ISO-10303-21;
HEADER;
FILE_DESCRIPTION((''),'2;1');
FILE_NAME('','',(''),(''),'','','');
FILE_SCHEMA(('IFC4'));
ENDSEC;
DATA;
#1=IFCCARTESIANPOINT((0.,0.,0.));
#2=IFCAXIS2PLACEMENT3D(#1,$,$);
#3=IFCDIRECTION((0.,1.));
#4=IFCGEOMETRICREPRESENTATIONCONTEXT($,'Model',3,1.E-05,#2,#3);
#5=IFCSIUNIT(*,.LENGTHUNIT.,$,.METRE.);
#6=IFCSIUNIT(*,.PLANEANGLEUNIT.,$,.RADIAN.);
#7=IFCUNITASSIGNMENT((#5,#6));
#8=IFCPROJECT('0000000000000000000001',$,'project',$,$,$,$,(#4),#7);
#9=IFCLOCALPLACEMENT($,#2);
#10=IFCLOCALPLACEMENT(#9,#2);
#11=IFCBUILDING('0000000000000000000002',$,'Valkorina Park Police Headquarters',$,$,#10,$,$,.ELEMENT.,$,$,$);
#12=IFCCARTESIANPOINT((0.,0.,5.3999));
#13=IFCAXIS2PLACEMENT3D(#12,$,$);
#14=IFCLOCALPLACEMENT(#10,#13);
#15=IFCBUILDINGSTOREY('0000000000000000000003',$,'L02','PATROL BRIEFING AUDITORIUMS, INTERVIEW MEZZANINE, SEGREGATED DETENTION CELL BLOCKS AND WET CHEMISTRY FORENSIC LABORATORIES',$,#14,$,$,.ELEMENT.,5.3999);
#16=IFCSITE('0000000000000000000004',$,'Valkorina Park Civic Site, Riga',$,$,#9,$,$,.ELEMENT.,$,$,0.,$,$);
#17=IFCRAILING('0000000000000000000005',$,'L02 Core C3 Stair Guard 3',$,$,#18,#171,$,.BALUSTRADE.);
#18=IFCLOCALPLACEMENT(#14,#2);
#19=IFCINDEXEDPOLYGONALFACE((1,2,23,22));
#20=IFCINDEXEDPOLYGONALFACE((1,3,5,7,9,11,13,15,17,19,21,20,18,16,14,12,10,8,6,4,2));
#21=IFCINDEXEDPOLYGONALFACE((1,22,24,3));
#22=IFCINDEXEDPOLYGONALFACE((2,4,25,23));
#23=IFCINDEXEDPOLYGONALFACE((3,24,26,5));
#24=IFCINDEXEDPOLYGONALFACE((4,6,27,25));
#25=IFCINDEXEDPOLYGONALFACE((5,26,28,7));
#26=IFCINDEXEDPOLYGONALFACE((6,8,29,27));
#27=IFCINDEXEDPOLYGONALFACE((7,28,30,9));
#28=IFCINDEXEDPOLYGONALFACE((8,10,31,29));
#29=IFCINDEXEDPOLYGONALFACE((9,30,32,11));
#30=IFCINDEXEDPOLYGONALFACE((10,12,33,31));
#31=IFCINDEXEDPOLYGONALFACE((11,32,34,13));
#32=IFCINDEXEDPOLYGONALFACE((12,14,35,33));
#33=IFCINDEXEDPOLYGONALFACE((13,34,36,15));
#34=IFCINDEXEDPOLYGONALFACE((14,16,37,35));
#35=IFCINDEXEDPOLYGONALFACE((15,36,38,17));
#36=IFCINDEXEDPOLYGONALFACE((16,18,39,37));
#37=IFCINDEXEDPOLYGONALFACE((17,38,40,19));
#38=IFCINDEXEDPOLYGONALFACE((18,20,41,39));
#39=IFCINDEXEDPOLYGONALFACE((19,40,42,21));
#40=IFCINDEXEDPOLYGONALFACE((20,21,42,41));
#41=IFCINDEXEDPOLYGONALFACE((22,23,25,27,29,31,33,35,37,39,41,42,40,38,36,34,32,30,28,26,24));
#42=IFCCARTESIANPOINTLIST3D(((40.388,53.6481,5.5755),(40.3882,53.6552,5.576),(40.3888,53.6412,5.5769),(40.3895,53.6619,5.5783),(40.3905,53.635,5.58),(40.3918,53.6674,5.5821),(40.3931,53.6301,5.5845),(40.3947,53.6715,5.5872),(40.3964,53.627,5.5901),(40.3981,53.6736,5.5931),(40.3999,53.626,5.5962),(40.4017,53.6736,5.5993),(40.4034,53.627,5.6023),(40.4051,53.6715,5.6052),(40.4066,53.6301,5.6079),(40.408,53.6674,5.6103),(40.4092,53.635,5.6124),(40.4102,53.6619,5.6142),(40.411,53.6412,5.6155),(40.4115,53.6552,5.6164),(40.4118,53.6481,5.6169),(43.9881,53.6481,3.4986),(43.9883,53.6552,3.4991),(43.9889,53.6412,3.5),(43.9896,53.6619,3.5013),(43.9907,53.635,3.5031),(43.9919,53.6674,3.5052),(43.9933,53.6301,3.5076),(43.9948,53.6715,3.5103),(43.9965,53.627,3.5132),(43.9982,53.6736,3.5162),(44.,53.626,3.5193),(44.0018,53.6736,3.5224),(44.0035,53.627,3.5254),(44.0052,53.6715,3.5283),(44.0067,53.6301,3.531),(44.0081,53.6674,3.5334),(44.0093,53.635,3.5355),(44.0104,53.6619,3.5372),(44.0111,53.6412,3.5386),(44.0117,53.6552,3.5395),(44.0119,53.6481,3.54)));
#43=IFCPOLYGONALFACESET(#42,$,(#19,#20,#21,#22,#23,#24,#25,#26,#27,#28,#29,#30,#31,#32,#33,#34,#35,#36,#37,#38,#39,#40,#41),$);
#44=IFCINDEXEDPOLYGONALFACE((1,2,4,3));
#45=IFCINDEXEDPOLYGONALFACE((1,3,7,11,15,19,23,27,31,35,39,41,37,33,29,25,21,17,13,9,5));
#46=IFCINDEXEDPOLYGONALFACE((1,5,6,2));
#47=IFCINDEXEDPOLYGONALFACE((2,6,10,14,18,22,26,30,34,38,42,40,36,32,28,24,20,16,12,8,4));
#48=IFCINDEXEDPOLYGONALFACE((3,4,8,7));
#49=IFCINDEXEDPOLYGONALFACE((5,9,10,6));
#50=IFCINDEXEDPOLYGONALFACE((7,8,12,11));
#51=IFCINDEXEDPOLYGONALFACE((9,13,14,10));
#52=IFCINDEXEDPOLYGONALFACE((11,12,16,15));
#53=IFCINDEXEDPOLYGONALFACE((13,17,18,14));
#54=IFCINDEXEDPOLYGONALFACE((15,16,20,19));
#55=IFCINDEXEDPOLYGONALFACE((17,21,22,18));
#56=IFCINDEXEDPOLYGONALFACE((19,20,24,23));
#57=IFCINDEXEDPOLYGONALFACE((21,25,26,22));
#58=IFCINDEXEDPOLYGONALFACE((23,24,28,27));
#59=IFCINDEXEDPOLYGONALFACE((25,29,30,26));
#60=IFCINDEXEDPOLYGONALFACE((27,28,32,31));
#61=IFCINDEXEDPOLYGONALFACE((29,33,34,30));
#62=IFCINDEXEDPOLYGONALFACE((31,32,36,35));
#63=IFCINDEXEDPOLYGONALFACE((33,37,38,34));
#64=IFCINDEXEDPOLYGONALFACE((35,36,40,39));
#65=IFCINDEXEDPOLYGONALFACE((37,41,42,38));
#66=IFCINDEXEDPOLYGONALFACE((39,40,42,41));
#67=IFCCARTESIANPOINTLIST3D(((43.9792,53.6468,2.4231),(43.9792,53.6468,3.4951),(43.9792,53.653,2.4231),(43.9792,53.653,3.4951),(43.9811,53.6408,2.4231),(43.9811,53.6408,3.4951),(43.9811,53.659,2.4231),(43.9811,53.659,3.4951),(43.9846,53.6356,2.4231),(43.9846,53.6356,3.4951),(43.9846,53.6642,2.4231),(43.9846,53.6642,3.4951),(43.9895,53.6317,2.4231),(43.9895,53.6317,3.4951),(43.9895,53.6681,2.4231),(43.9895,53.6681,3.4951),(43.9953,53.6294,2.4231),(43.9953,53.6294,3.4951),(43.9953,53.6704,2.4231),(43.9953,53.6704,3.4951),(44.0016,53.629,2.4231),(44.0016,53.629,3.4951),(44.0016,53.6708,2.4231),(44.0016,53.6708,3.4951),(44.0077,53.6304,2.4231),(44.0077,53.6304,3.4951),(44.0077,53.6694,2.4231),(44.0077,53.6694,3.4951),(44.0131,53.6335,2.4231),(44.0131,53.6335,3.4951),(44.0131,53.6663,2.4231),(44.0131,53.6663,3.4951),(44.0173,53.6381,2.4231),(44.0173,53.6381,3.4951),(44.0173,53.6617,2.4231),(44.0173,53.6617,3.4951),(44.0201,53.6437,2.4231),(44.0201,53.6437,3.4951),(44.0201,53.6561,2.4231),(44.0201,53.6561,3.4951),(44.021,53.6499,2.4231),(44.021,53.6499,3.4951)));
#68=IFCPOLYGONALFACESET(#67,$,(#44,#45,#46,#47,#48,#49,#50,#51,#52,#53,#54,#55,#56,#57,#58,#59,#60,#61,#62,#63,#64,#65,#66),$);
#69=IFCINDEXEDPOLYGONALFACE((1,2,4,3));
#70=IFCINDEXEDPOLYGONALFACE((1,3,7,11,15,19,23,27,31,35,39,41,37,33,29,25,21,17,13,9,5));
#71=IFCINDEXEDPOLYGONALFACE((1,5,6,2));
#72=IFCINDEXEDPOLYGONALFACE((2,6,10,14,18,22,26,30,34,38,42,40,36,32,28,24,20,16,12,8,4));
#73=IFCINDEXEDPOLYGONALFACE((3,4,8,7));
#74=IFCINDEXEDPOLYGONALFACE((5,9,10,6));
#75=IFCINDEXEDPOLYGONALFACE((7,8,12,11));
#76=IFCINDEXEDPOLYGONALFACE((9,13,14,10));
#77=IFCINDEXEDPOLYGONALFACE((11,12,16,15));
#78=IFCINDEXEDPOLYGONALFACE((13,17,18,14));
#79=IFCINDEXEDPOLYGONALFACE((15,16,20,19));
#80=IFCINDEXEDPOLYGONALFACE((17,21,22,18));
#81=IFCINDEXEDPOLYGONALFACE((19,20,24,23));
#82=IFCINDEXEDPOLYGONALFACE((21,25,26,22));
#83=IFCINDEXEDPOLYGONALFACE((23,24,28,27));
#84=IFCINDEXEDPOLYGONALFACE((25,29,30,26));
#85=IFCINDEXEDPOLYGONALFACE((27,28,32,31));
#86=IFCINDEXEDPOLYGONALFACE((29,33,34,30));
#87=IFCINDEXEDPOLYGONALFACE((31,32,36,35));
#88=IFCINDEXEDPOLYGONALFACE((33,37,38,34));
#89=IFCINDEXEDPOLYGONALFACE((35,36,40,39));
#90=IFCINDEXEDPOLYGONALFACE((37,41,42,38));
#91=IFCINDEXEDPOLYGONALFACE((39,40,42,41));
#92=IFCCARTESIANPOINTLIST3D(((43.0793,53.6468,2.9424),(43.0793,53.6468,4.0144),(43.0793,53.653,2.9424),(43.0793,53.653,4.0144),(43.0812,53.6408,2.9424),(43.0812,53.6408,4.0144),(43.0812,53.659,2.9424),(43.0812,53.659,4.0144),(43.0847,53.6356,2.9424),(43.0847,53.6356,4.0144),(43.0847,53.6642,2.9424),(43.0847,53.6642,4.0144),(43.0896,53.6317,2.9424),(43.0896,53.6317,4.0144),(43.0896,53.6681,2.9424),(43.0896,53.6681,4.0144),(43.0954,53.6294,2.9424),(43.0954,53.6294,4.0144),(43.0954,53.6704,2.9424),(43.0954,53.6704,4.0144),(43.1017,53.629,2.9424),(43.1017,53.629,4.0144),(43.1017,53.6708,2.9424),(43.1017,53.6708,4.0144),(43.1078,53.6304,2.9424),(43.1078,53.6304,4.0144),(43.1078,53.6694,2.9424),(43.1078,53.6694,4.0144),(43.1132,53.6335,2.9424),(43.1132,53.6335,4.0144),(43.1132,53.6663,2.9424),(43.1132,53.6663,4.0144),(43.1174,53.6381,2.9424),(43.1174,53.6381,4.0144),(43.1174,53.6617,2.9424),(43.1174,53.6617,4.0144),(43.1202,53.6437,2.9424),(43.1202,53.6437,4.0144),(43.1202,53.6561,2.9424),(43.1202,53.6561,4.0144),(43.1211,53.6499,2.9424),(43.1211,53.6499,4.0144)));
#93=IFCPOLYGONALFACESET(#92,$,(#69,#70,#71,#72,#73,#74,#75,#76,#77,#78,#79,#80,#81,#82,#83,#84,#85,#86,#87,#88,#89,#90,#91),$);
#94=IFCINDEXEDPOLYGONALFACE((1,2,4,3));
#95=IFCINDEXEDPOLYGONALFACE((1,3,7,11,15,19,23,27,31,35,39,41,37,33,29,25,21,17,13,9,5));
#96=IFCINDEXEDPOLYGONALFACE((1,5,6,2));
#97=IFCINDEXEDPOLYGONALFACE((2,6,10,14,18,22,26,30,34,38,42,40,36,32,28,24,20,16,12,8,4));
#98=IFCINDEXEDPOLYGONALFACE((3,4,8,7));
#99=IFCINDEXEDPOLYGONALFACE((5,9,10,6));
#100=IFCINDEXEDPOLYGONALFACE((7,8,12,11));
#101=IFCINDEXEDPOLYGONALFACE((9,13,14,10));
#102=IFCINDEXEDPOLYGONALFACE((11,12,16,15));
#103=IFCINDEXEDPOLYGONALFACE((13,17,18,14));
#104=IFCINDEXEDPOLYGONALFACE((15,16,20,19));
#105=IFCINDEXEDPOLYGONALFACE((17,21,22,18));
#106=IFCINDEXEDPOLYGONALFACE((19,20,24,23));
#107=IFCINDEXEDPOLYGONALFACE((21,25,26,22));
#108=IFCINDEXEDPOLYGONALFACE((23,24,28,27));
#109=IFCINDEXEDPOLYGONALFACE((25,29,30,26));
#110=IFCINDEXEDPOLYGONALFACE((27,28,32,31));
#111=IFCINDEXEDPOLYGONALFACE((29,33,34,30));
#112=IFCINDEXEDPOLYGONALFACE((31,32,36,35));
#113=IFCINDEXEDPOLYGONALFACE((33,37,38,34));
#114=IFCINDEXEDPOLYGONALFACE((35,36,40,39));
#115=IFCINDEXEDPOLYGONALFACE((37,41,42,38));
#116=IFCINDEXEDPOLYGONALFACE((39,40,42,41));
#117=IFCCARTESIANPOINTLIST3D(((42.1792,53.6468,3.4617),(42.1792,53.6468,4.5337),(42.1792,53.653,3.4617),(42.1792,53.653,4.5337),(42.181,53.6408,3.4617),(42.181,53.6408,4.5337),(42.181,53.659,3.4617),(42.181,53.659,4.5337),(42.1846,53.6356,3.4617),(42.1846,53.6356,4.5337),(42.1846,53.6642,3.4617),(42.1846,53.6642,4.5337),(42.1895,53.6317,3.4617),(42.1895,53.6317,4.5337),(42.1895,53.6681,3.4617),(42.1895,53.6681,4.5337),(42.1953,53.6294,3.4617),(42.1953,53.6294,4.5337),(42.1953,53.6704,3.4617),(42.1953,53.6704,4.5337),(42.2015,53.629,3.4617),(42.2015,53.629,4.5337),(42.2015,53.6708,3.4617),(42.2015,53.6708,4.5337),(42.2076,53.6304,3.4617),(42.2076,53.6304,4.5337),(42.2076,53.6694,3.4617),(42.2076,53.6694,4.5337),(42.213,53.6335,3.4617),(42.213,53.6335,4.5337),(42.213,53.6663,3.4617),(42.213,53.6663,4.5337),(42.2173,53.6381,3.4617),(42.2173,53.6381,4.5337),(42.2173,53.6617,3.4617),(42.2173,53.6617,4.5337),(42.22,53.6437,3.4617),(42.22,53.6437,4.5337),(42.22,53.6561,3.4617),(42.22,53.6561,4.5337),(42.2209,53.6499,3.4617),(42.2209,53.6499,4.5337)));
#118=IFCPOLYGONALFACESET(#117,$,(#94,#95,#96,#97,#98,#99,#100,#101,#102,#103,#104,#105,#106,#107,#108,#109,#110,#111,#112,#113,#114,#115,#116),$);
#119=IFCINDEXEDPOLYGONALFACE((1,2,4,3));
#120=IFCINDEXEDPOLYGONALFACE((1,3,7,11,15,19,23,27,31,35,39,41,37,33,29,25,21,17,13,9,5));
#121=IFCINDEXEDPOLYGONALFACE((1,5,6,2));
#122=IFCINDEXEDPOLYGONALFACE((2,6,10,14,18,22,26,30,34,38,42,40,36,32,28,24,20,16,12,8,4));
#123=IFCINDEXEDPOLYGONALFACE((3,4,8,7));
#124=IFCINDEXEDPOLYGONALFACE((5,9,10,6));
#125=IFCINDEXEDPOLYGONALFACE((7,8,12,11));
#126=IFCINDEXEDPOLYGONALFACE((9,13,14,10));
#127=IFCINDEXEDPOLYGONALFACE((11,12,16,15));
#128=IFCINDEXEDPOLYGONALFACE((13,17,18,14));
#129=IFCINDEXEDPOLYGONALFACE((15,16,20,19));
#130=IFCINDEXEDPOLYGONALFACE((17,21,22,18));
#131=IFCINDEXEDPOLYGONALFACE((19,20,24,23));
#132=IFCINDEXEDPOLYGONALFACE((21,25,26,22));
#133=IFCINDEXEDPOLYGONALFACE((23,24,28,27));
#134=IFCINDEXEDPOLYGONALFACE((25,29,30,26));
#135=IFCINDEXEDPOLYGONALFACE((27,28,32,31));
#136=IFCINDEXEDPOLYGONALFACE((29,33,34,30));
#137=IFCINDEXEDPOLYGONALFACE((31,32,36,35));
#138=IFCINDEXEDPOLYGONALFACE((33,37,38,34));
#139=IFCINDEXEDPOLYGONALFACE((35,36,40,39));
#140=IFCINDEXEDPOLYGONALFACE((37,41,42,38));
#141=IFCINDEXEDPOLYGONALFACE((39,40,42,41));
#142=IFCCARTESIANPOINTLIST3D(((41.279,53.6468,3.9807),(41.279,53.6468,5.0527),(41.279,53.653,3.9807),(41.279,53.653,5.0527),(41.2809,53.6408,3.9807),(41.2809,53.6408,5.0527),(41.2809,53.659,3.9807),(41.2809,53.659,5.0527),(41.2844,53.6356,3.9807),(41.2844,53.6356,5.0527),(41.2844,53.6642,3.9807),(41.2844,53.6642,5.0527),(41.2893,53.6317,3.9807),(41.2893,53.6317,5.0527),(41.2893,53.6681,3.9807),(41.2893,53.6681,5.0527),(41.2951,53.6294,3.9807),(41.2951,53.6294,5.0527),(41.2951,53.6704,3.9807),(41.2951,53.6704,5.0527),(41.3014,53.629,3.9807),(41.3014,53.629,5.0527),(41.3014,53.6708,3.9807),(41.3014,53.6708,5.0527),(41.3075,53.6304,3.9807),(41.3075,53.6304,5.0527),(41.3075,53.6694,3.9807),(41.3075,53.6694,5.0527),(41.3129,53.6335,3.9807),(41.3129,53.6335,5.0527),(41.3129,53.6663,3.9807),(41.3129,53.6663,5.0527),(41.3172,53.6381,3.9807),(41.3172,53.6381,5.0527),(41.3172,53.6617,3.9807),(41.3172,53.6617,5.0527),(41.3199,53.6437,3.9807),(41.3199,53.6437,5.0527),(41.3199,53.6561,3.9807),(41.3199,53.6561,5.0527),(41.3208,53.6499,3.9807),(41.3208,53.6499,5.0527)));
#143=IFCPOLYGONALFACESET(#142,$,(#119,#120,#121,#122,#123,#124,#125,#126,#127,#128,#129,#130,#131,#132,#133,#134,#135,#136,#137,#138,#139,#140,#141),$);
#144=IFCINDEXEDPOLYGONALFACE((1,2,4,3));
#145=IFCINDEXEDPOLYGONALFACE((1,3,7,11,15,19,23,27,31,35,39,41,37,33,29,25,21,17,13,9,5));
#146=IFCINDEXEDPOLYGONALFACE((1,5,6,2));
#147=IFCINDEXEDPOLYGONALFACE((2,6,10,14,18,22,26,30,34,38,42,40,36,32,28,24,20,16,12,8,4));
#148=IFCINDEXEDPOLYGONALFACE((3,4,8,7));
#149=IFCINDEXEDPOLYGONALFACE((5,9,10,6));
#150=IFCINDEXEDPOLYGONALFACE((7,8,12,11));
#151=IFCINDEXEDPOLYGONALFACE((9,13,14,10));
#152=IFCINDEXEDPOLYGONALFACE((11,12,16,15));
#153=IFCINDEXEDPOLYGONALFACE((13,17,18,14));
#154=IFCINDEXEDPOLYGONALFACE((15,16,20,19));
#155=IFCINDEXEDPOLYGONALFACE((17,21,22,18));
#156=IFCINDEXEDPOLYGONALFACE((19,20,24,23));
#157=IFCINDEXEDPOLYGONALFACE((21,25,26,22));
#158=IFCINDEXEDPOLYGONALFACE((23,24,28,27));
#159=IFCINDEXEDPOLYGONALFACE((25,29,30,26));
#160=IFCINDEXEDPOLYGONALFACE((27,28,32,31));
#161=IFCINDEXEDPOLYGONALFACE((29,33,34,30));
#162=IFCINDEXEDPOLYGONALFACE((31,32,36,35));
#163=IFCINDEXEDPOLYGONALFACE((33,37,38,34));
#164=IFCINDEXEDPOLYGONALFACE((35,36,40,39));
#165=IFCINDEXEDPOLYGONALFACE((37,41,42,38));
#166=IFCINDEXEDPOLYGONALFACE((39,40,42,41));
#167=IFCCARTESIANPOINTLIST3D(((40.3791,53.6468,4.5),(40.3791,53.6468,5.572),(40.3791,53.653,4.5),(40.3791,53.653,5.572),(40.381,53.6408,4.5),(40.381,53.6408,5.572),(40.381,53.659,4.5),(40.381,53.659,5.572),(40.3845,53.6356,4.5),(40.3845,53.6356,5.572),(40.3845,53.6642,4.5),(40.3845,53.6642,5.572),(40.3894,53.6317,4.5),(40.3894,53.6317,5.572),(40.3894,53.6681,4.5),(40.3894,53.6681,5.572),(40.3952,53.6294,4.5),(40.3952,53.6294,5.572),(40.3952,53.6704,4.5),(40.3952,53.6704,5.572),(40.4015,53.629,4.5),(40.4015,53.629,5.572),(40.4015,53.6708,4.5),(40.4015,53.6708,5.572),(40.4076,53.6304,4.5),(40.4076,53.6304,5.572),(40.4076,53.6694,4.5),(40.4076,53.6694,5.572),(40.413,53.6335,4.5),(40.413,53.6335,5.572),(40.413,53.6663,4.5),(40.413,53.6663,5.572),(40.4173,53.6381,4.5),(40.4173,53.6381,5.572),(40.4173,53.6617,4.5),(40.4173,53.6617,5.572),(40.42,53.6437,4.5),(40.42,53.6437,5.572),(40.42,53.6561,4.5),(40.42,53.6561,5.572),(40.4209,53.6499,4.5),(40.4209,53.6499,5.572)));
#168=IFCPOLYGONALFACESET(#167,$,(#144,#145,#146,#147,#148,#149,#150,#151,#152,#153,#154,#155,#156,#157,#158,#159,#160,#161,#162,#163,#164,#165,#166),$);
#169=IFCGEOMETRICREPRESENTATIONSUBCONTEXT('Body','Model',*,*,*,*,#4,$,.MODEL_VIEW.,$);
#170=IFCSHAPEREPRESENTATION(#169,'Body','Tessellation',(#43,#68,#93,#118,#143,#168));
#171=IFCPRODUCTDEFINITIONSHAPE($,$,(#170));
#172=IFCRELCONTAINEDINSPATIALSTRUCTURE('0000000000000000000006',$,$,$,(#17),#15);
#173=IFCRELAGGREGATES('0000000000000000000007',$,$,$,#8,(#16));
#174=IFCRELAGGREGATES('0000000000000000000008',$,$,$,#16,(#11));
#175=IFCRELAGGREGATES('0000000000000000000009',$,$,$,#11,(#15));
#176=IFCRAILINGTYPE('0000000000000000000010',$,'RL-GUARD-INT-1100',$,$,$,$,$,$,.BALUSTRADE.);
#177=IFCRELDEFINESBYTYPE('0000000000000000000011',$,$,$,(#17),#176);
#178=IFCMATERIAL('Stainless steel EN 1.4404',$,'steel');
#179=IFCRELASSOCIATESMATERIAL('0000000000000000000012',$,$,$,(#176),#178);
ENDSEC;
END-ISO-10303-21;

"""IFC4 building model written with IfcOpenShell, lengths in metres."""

from ifc_helpers import new_model, si_unit, direction, frame, origin, origin_2d, place, context, subcontext, project, spatial, circle, extrude, material, type_object, element, save


model = new_model("IFC4")

# Units and contexts
model_context = context("Model", 3, precision=1e-05, world=origin(), true_north=direction((0.0, 1.0)))
body_context = subcontext(model_context, "Body", "Model", "MODEL_VIEW")
ifc_project = project(units=[si_unit("LENGTHUNIT", "METRE"), si_unit("PLANEANGLEUNIT", "RADIAN")], contexts=[model_context])

# Site, building, storey
site_placement = place(None, origin())
site = spatial("IfcSite", under=ifc_project, at=site_placement, Name="Valkorina Park Civic Site, Riga", CompositionType="ELEMENT", RefElevation=0.0)
building_placement = place(site_placement, origin())
building = spatial("IfcBuilding", under=site, at=building_placement, Name="Valkorina Park Police Headquarters", CompositionType="ELEMENT")
storey_placement = place(building_placement, frame((0.0, 0.0, 5.3999)))
storey = spatial("IfcBuildingStorey", under=building, at=storey_placement, Name="L02", Description="PATROL BRIEFING AUDITORIUMS, INTERVIEW MEZZANINE, SEGREGATED DETENTION CELL BLOCKS AND WET CHEMISTRY FORENSIC LABORATORIES", CompositionType="ELEMENT", Elevation=5.3999)

# Shared definitions
ifc_material_1 = material(Name="Stainless steel EN 1.4404", Category="steel")

# Railing
railing_type_1 = type_object("IfcRailingType", Name="RL-GUARD-INT-1100", PredefinedType="BALUSTRADE", material=ifc_material_1)
railing_1_placement = place(storey_placement, frame((44.0, 53.6499, 2.4231)))
element("IfcRailing", 1, at=railing_1_placement, inside=storey, type_object=railing_type_1, Name="L02 Core C3 Stair Guard 3", PredefinedType="BALUSTRADE", context=body_context, shape_type="SweptSolid", body=[
    extrude(circle(Radius=0.0239, at=origin_2d()), frame((0.0, 0.0, 1.0962), z_axis=(-0.866193, 0.0, 0.499709), x_axis=(0.0, -1.0, 0.0)), (0.0, 0.0, 1.0), 4.1562),
    extrude(circle(Radius=0.021, at=origin_2d()), origin(), (0.0, 0.0, 1.0), 1.072),
    extrude(circle(Radius=0.021, at=origin_2d()), frame((-0.8999, 0.0, 0.5193)), (0.0, 0.0, 1.0), 1.072),
    extrude(circle(Radius=0.021, at=origin_2d()), frame((-1.8, 0.0, 1.0386)), (0.0, 0.0, 1.0), 1.072),
    extrude(circle(Radius=0.021, at=origin_2d()), frame((-2.7002, 0.0, 1.5576)), (0.0, 0.0, 1.0), 1.072),
    extrude(circle(Radius=0.021, at=origin_2d()), frame((-3.6001, 0.0, 2.0769)), (0.0, 0.0, 1.0), 1.072),
])

save(model, "model.ifc")
